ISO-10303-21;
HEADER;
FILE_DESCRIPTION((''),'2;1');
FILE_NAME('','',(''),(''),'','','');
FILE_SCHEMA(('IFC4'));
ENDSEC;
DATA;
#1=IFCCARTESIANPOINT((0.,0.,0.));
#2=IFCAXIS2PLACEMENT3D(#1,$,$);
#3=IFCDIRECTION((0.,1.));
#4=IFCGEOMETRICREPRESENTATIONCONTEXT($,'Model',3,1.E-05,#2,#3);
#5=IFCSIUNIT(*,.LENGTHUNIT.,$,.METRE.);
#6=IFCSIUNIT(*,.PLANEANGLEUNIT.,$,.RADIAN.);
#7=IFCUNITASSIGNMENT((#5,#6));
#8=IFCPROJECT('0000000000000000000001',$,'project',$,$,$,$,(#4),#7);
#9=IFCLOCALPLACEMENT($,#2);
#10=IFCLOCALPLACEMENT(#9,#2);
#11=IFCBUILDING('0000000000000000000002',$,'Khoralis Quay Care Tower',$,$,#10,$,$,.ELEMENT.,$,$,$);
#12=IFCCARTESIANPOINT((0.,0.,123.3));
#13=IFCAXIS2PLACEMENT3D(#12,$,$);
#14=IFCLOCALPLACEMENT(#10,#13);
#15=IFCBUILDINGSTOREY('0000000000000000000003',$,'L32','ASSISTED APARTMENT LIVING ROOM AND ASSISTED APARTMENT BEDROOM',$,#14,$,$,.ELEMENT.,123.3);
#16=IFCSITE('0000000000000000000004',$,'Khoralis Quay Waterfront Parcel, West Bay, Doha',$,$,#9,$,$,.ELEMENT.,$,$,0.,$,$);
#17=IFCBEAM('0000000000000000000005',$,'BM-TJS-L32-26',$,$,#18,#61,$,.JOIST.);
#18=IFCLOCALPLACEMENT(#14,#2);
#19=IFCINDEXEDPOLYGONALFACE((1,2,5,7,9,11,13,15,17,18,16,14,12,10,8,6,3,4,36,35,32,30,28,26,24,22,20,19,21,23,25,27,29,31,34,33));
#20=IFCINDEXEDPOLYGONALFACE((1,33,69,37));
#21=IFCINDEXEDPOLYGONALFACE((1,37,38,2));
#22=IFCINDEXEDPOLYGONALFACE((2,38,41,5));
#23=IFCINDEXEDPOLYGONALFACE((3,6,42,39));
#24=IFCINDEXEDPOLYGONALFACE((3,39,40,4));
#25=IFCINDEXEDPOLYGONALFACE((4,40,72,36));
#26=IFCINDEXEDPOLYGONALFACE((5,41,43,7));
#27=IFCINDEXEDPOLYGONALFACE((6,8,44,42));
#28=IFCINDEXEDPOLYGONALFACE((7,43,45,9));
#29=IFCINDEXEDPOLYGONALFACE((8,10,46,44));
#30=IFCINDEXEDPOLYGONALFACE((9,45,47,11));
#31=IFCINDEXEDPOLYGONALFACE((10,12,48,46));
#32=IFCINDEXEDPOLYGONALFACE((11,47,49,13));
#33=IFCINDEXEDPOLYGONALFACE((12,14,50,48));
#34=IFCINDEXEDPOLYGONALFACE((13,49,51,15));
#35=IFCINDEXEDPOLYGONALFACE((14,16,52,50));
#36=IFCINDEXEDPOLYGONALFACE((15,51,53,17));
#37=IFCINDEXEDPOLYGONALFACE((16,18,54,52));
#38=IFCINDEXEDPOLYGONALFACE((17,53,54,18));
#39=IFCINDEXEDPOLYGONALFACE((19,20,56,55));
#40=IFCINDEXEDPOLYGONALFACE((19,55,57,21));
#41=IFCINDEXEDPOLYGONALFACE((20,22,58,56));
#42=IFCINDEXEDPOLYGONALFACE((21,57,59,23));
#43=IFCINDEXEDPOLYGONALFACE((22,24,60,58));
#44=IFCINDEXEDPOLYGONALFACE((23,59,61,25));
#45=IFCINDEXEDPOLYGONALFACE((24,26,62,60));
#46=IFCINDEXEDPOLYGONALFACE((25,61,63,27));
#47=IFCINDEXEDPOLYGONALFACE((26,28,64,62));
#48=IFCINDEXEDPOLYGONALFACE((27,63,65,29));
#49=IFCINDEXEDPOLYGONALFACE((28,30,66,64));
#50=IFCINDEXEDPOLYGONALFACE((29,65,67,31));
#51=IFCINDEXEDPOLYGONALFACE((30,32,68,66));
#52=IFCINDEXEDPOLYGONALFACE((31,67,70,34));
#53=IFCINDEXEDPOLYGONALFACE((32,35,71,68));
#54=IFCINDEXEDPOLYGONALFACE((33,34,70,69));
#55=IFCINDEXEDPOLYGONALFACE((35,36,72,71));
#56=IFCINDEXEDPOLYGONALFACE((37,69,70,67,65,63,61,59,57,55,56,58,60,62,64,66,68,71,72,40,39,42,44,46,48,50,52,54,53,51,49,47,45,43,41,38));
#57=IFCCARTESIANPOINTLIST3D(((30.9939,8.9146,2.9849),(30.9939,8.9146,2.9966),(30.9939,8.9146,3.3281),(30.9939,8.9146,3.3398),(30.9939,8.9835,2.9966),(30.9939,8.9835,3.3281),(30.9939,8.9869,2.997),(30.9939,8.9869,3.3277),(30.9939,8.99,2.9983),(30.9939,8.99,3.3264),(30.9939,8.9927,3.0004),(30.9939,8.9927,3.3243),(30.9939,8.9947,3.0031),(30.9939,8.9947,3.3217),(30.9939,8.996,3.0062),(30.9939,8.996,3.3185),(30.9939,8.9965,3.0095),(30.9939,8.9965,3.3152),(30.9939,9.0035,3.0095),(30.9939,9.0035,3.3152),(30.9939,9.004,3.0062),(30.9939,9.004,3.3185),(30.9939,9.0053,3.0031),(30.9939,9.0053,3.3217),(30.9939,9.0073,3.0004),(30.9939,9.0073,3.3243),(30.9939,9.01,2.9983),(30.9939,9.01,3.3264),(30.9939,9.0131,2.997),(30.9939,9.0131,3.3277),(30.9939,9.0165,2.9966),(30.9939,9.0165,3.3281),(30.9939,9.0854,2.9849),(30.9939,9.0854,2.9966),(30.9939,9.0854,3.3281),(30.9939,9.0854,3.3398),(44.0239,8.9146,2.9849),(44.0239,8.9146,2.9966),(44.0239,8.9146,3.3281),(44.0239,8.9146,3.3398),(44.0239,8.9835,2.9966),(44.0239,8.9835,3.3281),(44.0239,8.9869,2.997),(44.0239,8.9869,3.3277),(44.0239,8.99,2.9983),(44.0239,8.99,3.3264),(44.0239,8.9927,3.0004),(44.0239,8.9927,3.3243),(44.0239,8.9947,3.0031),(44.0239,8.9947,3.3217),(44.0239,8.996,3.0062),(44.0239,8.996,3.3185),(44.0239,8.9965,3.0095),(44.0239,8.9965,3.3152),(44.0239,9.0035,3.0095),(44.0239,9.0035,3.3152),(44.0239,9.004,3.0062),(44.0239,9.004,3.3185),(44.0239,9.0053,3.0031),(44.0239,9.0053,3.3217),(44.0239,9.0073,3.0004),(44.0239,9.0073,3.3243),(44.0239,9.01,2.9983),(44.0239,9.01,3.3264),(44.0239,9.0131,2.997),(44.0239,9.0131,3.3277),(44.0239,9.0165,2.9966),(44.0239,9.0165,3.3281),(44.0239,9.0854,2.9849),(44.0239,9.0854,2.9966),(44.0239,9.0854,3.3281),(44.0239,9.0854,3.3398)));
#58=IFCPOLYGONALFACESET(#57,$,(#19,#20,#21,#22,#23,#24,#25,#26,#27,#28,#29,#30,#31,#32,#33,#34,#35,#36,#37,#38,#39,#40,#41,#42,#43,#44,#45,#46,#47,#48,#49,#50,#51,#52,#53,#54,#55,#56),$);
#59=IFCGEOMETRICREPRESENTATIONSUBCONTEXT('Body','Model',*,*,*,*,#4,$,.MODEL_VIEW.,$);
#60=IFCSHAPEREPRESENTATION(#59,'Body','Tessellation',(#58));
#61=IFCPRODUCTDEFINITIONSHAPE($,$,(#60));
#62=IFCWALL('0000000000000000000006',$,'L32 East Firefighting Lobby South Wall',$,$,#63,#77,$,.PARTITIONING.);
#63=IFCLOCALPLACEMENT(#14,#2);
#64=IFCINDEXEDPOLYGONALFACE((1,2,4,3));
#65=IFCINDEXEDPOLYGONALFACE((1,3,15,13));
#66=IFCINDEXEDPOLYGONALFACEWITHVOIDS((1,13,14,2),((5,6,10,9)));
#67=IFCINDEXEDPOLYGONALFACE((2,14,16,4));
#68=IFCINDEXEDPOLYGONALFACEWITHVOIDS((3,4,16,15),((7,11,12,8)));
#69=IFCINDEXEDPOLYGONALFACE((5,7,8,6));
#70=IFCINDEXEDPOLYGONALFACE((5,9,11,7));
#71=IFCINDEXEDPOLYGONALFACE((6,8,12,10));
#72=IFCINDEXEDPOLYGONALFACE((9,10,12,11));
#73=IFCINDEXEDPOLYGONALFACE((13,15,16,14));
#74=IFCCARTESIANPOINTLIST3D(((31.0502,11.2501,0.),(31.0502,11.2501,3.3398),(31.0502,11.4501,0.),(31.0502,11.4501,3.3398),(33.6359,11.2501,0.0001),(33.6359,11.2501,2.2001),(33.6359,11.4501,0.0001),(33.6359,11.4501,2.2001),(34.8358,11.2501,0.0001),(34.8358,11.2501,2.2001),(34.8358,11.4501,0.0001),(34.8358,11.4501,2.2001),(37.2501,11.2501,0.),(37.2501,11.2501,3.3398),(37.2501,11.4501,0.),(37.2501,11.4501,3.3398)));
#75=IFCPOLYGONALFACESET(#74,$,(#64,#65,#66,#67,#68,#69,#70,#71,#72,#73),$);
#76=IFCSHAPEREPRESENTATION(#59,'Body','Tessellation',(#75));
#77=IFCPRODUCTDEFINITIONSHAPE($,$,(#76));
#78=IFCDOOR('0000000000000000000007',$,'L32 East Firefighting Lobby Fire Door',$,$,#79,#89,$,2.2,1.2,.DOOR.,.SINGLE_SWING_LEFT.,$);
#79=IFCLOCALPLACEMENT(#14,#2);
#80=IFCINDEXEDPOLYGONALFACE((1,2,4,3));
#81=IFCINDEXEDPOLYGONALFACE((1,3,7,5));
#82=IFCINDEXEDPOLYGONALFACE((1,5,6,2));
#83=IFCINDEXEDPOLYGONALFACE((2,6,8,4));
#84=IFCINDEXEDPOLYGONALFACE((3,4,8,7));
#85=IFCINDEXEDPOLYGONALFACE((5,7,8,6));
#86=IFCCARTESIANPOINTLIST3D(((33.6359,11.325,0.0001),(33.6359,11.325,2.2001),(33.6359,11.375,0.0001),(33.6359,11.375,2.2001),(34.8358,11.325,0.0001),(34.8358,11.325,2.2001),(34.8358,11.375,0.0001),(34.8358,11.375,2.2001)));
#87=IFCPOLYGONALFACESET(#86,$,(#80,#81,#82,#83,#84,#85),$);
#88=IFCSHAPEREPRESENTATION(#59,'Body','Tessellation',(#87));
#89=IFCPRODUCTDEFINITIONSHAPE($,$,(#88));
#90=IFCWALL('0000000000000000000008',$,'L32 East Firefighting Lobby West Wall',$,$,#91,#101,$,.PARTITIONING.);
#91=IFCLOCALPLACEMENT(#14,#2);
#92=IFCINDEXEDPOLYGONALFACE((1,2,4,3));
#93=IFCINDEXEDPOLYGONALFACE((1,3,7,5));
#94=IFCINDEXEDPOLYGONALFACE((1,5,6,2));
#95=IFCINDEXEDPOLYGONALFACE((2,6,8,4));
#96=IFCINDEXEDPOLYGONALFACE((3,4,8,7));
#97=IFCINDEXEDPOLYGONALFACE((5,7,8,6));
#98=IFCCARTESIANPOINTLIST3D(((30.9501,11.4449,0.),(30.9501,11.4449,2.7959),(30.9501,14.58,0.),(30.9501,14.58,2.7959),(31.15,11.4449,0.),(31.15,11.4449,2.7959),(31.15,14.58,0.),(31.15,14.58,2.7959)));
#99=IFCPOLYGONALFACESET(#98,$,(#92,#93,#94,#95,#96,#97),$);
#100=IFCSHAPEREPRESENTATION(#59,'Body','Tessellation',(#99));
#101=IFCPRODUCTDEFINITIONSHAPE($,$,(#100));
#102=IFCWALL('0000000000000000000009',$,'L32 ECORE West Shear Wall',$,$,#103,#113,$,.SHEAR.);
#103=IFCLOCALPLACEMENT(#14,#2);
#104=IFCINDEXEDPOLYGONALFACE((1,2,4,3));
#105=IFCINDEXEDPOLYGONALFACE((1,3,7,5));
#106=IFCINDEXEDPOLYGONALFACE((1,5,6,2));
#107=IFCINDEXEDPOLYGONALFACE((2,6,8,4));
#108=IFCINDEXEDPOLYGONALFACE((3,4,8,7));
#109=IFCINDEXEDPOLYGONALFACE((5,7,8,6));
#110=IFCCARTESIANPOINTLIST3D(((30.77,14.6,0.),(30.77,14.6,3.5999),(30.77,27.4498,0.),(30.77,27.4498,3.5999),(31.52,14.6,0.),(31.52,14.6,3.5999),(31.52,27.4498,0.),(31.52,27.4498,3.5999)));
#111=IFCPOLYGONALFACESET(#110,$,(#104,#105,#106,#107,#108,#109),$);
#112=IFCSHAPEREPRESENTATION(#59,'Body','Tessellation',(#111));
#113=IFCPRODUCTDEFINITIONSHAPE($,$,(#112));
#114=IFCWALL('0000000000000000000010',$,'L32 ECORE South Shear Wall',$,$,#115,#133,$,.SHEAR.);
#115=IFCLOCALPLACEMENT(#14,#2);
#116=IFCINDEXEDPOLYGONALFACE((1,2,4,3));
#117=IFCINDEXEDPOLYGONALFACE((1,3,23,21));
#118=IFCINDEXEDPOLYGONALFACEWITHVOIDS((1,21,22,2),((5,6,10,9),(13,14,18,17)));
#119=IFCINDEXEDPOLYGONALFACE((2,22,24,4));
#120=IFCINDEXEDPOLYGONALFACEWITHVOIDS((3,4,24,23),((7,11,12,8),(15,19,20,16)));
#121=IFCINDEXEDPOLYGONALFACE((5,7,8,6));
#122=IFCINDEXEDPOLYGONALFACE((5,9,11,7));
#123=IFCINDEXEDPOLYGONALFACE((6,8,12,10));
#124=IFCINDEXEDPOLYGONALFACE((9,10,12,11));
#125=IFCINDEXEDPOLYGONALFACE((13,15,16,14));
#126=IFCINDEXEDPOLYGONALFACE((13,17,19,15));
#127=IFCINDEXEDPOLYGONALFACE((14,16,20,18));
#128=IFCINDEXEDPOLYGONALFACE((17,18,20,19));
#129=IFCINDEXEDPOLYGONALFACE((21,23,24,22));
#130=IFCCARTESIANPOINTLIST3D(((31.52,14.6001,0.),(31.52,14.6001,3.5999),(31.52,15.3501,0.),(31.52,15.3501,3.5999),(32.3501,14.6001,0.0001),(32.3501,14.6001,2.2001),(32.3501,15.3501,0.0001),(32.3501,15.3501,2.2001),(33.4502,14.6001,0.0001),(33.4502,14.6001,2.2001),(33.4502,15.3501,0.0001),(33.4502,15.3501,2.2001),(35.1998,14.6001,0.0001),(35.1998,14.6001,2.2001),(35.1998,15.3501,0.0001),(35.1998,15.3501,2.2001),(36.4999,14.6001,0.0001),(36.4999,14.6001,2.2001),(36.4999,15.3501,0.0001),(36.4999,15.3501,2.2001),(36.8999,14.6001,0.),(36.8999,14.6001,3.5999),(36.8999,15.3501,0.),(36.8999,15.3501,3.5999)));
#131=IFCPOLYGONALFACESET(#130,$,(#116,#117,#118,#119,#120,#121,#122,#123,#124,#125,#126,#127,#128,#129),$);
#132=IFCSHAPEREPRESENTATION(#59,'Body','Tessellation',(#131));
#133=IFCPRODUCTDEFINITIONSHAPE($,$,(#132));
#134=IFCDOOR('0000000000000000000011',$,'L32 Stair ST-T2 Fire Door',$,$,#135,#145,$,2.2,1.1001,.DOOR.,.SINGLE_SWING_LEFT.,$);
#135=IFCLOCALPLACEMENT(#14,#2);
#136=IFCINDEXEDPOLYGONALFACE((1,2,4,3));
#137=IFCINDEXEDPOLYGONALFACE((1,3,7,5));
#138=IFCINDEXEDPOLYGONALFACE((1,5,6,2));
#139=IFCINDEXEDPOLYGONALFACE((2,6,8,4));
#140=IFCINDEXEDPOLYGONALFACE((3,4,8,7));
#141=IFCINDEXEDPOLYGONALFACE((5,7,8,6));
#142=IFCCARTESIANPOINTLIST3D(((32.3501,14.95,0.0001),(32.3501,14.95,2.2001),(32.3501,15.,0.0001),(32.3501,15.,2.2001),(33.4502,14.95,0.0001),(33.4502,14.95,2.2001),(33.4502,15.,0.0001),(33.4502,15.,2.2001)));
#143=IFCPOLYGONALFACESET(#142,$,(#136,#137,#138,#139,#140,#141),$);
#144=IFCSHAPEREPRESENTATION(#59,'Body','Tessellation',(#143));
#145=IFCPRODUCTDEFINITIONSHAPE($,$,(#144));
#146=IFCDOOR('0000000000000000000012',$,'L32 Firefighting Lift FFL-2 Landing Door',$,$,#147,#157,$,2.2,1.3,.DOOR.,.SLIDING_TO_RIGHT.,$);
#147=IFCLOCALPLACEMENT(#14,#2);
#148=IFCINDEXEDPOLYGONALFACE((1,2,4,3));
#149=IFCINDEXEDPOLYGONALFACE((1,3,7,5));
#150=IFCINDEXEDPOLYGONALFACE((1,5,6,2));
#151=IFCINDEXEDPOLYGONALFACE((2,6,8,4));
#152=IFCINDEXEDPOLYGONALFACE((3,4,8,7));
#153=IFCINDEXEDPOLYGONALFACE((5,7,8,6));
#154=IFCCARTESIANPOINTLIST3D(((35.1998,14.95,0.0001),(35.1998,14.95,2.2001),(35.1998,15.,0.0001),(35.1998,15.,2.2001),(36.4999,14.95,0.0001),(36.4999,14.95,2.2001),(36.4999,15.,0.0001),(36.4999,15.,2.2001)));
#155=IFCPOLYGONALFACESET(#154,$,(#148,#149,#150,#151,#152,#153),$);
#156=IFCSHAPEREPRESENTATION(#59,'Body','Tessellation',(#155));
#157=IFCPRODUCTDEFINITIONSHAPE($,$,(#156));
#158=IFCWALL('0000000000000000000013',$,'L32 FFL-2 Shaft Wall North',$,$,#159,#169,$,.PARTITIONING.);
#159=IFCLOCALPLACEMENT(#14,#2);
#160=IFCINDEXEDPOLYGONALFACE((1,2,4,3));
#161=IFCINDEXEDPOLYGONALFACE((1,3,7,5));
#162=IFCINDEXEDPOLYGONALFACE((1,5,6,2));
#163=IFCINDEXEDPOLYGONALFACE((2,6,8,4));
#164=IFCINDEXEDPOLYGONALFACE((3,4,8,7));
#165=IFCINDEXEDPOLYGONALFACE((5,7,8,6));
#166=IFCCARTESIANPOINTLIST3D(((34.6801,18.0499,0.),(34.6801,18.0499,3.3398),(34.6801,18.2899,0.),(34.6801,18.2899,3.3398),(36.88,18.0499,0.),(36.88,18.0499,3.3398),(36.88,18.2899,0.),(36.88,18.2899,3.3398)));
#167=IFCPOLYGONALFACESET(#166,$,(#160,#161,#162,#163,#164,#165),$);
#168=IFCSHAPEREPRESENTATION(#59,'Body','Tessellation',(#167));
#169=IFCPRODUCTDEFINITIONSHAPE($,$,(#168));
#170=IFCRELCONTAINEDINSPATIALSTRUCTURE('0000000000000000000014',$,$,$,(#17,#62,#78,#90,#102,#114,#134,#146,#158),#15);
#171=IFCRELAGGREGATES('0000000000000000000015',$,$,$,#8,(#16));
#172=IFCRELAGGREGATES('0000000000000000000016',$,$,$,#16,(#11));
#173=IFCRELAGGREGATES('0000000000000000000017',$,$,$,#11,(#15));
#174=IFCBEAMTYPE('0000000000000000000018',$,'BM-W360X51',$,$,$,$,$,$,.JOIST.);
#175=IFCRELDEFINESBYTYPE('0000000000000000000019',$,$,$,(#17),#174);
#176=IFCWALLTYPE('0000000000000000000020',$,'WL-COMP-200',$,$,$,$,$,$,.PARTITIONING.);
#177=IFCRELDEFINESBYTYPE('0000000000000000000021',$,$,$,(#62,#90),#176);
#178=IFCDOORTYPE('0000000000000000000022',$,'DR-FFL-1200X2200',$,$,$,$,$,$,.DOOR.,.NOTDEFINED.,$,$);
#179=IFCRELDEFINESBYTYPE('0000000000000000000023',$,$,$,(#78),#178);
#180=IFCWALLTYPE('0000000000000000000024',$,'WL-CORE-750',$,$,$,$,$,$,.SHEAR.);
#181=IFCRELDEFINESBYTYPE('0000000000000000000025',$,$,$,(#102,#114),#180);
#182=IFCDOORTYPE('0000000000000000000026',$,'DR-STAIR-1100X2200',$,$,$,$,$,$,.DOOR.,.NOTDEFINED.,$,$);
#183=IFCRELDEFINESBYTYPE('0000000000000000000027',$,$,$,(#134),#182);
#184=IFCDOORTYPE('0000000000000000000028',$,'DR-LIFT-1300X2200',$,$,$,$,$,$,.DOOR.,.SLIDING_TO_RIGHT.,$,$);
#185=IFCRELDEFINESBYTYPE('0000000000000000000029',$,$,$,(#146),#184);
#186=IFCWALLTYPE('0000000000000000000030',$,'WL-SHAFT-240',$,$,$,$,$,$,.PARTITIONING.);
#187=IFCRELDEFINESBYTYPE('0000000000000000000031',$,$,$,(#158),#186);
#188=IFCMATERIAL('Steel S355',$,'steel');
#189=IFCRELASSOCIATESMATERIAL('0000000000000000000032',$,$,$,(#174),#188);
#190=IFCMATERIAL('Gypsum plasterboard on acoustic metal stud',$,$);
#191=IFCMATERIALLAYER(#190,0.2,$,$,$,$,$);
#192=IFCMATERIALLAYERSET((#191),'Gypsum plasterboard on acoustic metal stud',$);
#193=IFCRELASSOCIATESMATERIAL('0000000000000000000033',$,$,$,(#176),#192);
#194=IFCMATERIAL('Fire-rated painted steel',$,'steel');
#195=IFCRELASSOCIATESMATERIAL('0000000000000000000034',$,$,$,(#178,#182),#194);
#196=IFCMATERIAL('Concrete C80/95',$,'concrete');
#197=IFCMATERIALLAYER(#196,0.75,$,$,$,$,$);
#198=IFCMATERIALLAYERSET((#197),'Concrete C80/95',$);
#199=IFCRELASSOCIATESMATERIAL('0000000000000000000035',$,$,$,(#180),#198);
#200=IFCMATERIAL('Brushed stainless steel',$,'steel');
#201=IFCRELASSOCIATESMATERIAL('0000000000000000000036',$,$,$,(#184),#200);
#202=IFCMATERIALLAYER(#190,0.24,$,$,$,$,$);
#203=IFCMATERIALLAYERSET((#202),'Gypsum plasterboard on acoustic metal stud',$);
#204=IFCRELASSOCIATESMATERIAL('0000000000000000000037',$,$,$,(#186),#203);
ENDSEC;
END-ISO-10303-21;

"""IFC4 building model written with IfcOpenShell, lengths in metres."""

from ifc_helpers import new_model, si_unit, direction, frame, frame_2d, origin, origin_2d, place, context, subcontext, project, spatial, rectangle, i_section, extrude, source, transform, mapped, material, layer, layer_set, material_profile, profile_set, type_object, element, fill, save


model = new_model("IFC4")

# Units and contexts
model_context = context("Model", 3, precision=1e-05, world=origin(), true_north=direction((0.0, 1.0)))
body_context = subcontext(model_context, "Body", "Model", "MODEL_VIEW")
ifc_project = project(units=[si_unit("LENGTHUNIT", "METRE"), si_unit("PLANEANGLEUNIT", "RADIAN")], contexts=[model_context])

# Site, building, storey
site_placement = place(None, origin())
site = spatial("IfcSite", under=ifc_project, at=site_placement, Name="Khoralis Quay Waterfront Parcel, West Bay, Doha", CompositionType="ELEMENT", RefElevation=0.0)
building_placement = place(site_placement, origin())
building = spatial("IfcBuilding", under=site, at=building_placement, Name="Khoralis Quay Care Tower", CompositionType="ELEMENT")
storey_placement = place(building_placement, frame((0.0, 0.0, 123.3)))
storey = spatial("IfcBuildingStorey", under=building, at=storey_placement, Name="L32", Description="ASSISTED APARTMENT LIVING ROOM AND ASSISTED APARTMENT BEDROOM", CompositionType="ELEMENT", Elevation=123.3)

# Beam
ifc_material_1 = material(Name="Steel S355", Category="steel")
ifc_material_profile_1 = material_profile(ifc_material_1, i_section(OverallWidth=0.1709, OverallDepth=0.355, WebThickness=0.0071, FlangeThickness=0.0117, FilletRadius=0.0129, at=origin_2d()), Name="Steel S355")
ifc_profile_set_1 = profile_set([ifc_material_profile_1], Name="Steel S355")
beam_type_1 = type_object("IfcBeamType", Name="BM-W360X51", PredefinedType="JOIST", material=ifc_profile_set_1)
shared_shape_1 = source(origin(), body_context, "Body", "SweptSolid", [
    extrude(i_section(OverallWidth=0.1709, OverallDepth=0.355, WebThickness=0.0071, FlangeThickness=0.0117, FilletRadius=0.0129, at=origin_2d()), origin(), (0.0, 0.0, 1.0), 13.03),
])
beam_1_placement = place(storey_placement, frame((30.9939, 9.0, 3.1624), z_axis=(1.0, 0.0, 0.0), x_axis=(0.0, 1.0, 0.0)))
element("IfcBeam", 1, at=beam_1_placement, inside=storey, type_object=beam_type_1, Name="BM-TJS-L32-26", PredefinedType="JOIST", context=body_context, shape_type="MappedRepresentation", body=[
    mapped(shared_shape_1, transform((0.0, 0.0, 0.0), scale=1.0)),
])

# Wall, opening, door
ifc_material_2 = material(Name="Gypsum plasterboard on acoustic metal stud")
ifc_layer_1 = layer(ifc_material_2, 0.2)
ifc_layer_set_1 = layer_set([ifc_layer_1], Name="Gypsum plasterboard on acoustic metal stud")
wall_type_1 = type_object("IfcWallType", Name="WL-COMP-200", PredefinedType="PARTITIONING", material=ifc_layer_set_1)
wall_1_placement = place(storey_placement, frame((31.05, 11.3501, 0.0), z_axis=(0.0, 0.0, 1.0), x_axis=(1.0, 0.0, 0.0)))
wall_1 = element("IfcWall", 2, at=wall_1_placement, inside=storey, type_object=wall_type_1, Name="L32 East Firefighting Lobby South Wall", PredefinedType="PARTITIONING", context=body_context, shape_type="SweptSolid", body=[
    extrude(rectangle(XDim=6.2, YDim=0.2, at=frame_2d((3.1001, 0.0))), origin(), (0.0, 0.0, 1.0), 3.3398),
])
opening_1_placement = place(wall_1_placement, frame((2.5857, 0.0, 0.0)))
opening_1 = element("IfcOpeningElement", 3, at=opening_1_placement, cuts=wall_1, PredefinedType="OPENING", context=body_context, shape_type="SweptSolid", body=[
    extrude(rectangle(XDim=1.2, YDim=2.2, at=frame_2d((0.6001, 1.1001))), frame((0.0, 0.1099, 0.0), z_axis=(0.0, -1.0, 0.0), x_axis=(1.0, 0.0, 0.0)), (0.0, 0.0, 1.0), 0.22),
])
ifc_material_3 = material(Name="Fire-rated painted steel", Category="steel")
door_type_1 = type_object("IfcDoorType", Name="DR-FFL-1200X2200", OperationType="NOTDEFINED", PredefinedType="DOOR", material=ifc_material_3)
shared_shape_2 = source(origin(), body_context, "Body", "SweptSolid", [
    extrude(rectangle(XDim=1.2, YDim=2.2, at=frame_2d((0.6001, 1.1001))), frame((0.0, 0.0249, 0.0), z_axis=(0.0, -1.0, 0.0), x_axis=(1.0, 0.0, 0.0)), (0.0, 0.0, 1.0), 0.05),
])
door_1_placement = place(opening_1_placement, origin())
door_1 = element("IfcDoor", 4, at=door_1_placement, inside=storey, type_object=door_type_1, Name="L32 East Firefighting Lobby Fire Door", OperationType="SINGLE_SWING_LEFT", OverallHeight=2.2, OverallWidth=1.2, PredefinedType="DOOR", context=body_context, shape_type="MappedRepresentation", body=[
    mapped(shared_shape_2, transform((0.0, 0.0, 0.0), scale=1.0)),
])
fill(opening_1, door_1)

# Walls
wall_2_placement = place(storey_placement, frame((31.05, 11.4451, 0.0), z_axis=(0.0, 0.0, 1.0), x_axis=(0.0, 1.0, 0.0)))
element("IfcWall", 5, at=wall_2_placement, inside=storey, type_object=wall_type_1, Name="L32 East Firefighting Lobby West Wall", PredefinedType="PARTITIONING", context=body_context, shape_type="SweptSolid", body=[
    extrude(rectangle(XDim=3.135, YDim=0.2, at=frame_2d((1.5674, 0.0))), origin(), (0.0, 0.0, 1.0), 2.7959),
])
ifc_material_4 = material(Name="Concrete C80/95", Category="concrete")
ifc_layer_2 = layer(ifc_material_4, 0.75)
ifc_layer_set_2 = layer_set([ifc_layer_2], Name="Concrete C80/95")
wall_type_2 = type_object("IfcWallType", Name="WL-CORE-750", PredefinedType="SHEAR", material=ifc_layer_set_2)
wall_3_placement = place(storey_placement, frame((31.145, 14.6001, 0.0), z_axis=(0.0, 0.0, 1.0), x_axis=(0.0, 1.0, 0.0)))
element("IfcWall", 6, at=wall_3_placement, inside=storey, type_object=wall_type_2, Name="L32 ECORE West Shear Wall", PredefinedType="SHEAR", context=body_context, shape_type="SweptSolid", body=[
    extrude(rectangle(XDim=12.8499, YDim=0.75, at=frame_2d((6.4248, 0.0))), origin(), (0.0, 0.0, 1.0), 3.5999),
])

# Wall, openings, doors
wall_4_placement = place(storey_placement, frame((31.52, 14.9751, 0.0), z_axis=(0.0, 0.0, 1.0), x_axis=(1.0, 0.0, 0.0)))
wall_4 = element("IfcWall", 7, at=wall_4_placement, inside=storey, type_object=wall_type_2, Name="L32 ECORE South Shear Wall", PredefinedType="SHEAR", context=body_context, shape_type="SweptSolid", body=[
    extrude(rectangle(XDim=5.3799, YDim=0.75, at=frame_2d((2.6899, 0.0))), origin(), (0.0, 0.0, 1.0), 3.5999),
])
opening_2_placement = place(wall_4_placement, frame((0.8301, 0.0, 0.0)))
opening_2 = element("IfcOpeningElement", 8, at=opening_2_placement, cuts=wall_4, PredefinedType="OPENING", context=body_context, shape_type="SweptSolid", body=[
    extrude(rectangle(XDim=1.1001, YDim=2.2, at=frame_2d((0.55, 1.1001))), frame((0.0, 0.385, 0.0), z_axis=(0.0, -1.0, 0.0), x_axis=(1.0, 0.0, 0.0)), (0.0, 0.0, 1.0), 0.77),
])
opening_3_placement = place(wall_4_placement, frame((3.6799, 0.0, 0.0)))
opening_3 = element("IfcOpeningElement", 9, at=opening_3_placement, cuts=wall_4, PredefinedType="OPENING", context=body_context, shape_type="SweptSolid", body=[
    extrude(rectangle(XDim=1.3, YDim=2.2, at=frame_2d((0.6499, 1.1001))), frame((0.0, 0.385, 0.0), z_axis=(0.0, -1.0, 0.0), x_axis=(1.0, 0.0, 0.0)), (0.0, 0.0, 1.0), 0.77),
])
door_type_2 = type_object("IfcDoorType", Name="DR-STAIR-1100X2200", OperationType="NOTDEFINED", PredefinedType="DOOR", material=ifc_material_3)
shared_shape_3 = source(origin(), body_context, "Body", "SweptSolid", [
    extrude(rectangle(XDim=1.1001, YDim=2.2, at=frame_2d((0.55, 1.1001))), frame((0.0, 0.0249, 0.0), z_axis=(0.0, -1.0, 0.0), x_axis=(1.0, 0.0, 0.0)), (0.0, 0.0, 1.0), 0.05),
])
door_2_placement = place(opening_2_placement, origin())
door_2 = element("IfcDoor", 10, at=door_2_placement, inside=storey, type_object=door_type_2, Name="L32 Stair ST-T2 Fire Door", OperationType="SINGLE_SWING_LEFT", OverallHeight=2.2, OverallWidth=1.1001, PredefinedType="DOOR", context=body_context, shape_type="MappedRepresentation", body=[
    mapped(shared_shape_3, transform((0.0, 0.0, 0.0), scale=1.0)),
])
fill(opening_2, door_2)
ifc_material_5 = material(Name="Brushed stainless steel", Category="steel")
door_type_3 = type_object("IfcDoorType", Name="DR-LIFT-1300X2200", OperationType="SLIDING_TO_RIGHT", PredefinedType="DOOR", material=ifc_material_5)
shared_shape_4 = source(origin(), body_context, "Body", "SweptSolid", [
    extrude(rectangle(XDim=1.3, YDim=2.2, at=frame_2d((0.6499, 1.1001))), frame((0.0, 0.0249, 0.0), z_axis=(0.0, -1.0, 0.0), x_axis=(1.0, 0.0, 0.0)), (0.0, 0.0, 1.0), 0.05),
])
door_3_placement = place(opening_3_placement, origin())
door_3 = element("IfcDoor", 11, at=door_3_placement, inside=storey, type_object=door_type_3, Name="L32 Firefighting Lift FFL-2 Landing Door", OperationType="SLIDING_TO_RIGHT", OverallHeight=2.2, OverallWidth=1.3, PredefinedType="DOOR", context=body_context, shape_type="MappedRepresentation", body=[
    mapped(shared_shape_4, transform((0.0, 0.0, 0.0), scale=1.0)),
])
fill(opening_3, door_3)

# Wall
ifc_layer_3 = layer(ifc_material_2, 0.24)
ifc_layer_set_3 = layer_set([ifc_layer_3], Name="Gypsum plasterboard on acoustic metal stud")
wall_type_3 = type_object("IfcWallType", Name="WL-SHAFT-240", PredefinedType="PARTITIONING", material=ifc_layer_set_3)
wall_5_placement = place(storey_placement, frame((34.6799, 18.1699, 0.0), z_axis=(0.0, 0.0, 1.0), x_axis=(1.0, 0.0, 0.0)))
element("IfcWall", 12, at=wall_5_placement, inside=storey, type_object=wall_type_3, Name="L32 FFL-2 Shaft Wall North", PredefinedType="PARTITIONING", context=body_context, shape_type="SweptSolid", body=[
    extrude(rectangle(XDim=2.2, YDim=0.24, at=frame_2d((1.1001, 0.0))), origin(), (0.0, 0.0, 1.0), 3.3398),
])

save(model, "model.ifc")
